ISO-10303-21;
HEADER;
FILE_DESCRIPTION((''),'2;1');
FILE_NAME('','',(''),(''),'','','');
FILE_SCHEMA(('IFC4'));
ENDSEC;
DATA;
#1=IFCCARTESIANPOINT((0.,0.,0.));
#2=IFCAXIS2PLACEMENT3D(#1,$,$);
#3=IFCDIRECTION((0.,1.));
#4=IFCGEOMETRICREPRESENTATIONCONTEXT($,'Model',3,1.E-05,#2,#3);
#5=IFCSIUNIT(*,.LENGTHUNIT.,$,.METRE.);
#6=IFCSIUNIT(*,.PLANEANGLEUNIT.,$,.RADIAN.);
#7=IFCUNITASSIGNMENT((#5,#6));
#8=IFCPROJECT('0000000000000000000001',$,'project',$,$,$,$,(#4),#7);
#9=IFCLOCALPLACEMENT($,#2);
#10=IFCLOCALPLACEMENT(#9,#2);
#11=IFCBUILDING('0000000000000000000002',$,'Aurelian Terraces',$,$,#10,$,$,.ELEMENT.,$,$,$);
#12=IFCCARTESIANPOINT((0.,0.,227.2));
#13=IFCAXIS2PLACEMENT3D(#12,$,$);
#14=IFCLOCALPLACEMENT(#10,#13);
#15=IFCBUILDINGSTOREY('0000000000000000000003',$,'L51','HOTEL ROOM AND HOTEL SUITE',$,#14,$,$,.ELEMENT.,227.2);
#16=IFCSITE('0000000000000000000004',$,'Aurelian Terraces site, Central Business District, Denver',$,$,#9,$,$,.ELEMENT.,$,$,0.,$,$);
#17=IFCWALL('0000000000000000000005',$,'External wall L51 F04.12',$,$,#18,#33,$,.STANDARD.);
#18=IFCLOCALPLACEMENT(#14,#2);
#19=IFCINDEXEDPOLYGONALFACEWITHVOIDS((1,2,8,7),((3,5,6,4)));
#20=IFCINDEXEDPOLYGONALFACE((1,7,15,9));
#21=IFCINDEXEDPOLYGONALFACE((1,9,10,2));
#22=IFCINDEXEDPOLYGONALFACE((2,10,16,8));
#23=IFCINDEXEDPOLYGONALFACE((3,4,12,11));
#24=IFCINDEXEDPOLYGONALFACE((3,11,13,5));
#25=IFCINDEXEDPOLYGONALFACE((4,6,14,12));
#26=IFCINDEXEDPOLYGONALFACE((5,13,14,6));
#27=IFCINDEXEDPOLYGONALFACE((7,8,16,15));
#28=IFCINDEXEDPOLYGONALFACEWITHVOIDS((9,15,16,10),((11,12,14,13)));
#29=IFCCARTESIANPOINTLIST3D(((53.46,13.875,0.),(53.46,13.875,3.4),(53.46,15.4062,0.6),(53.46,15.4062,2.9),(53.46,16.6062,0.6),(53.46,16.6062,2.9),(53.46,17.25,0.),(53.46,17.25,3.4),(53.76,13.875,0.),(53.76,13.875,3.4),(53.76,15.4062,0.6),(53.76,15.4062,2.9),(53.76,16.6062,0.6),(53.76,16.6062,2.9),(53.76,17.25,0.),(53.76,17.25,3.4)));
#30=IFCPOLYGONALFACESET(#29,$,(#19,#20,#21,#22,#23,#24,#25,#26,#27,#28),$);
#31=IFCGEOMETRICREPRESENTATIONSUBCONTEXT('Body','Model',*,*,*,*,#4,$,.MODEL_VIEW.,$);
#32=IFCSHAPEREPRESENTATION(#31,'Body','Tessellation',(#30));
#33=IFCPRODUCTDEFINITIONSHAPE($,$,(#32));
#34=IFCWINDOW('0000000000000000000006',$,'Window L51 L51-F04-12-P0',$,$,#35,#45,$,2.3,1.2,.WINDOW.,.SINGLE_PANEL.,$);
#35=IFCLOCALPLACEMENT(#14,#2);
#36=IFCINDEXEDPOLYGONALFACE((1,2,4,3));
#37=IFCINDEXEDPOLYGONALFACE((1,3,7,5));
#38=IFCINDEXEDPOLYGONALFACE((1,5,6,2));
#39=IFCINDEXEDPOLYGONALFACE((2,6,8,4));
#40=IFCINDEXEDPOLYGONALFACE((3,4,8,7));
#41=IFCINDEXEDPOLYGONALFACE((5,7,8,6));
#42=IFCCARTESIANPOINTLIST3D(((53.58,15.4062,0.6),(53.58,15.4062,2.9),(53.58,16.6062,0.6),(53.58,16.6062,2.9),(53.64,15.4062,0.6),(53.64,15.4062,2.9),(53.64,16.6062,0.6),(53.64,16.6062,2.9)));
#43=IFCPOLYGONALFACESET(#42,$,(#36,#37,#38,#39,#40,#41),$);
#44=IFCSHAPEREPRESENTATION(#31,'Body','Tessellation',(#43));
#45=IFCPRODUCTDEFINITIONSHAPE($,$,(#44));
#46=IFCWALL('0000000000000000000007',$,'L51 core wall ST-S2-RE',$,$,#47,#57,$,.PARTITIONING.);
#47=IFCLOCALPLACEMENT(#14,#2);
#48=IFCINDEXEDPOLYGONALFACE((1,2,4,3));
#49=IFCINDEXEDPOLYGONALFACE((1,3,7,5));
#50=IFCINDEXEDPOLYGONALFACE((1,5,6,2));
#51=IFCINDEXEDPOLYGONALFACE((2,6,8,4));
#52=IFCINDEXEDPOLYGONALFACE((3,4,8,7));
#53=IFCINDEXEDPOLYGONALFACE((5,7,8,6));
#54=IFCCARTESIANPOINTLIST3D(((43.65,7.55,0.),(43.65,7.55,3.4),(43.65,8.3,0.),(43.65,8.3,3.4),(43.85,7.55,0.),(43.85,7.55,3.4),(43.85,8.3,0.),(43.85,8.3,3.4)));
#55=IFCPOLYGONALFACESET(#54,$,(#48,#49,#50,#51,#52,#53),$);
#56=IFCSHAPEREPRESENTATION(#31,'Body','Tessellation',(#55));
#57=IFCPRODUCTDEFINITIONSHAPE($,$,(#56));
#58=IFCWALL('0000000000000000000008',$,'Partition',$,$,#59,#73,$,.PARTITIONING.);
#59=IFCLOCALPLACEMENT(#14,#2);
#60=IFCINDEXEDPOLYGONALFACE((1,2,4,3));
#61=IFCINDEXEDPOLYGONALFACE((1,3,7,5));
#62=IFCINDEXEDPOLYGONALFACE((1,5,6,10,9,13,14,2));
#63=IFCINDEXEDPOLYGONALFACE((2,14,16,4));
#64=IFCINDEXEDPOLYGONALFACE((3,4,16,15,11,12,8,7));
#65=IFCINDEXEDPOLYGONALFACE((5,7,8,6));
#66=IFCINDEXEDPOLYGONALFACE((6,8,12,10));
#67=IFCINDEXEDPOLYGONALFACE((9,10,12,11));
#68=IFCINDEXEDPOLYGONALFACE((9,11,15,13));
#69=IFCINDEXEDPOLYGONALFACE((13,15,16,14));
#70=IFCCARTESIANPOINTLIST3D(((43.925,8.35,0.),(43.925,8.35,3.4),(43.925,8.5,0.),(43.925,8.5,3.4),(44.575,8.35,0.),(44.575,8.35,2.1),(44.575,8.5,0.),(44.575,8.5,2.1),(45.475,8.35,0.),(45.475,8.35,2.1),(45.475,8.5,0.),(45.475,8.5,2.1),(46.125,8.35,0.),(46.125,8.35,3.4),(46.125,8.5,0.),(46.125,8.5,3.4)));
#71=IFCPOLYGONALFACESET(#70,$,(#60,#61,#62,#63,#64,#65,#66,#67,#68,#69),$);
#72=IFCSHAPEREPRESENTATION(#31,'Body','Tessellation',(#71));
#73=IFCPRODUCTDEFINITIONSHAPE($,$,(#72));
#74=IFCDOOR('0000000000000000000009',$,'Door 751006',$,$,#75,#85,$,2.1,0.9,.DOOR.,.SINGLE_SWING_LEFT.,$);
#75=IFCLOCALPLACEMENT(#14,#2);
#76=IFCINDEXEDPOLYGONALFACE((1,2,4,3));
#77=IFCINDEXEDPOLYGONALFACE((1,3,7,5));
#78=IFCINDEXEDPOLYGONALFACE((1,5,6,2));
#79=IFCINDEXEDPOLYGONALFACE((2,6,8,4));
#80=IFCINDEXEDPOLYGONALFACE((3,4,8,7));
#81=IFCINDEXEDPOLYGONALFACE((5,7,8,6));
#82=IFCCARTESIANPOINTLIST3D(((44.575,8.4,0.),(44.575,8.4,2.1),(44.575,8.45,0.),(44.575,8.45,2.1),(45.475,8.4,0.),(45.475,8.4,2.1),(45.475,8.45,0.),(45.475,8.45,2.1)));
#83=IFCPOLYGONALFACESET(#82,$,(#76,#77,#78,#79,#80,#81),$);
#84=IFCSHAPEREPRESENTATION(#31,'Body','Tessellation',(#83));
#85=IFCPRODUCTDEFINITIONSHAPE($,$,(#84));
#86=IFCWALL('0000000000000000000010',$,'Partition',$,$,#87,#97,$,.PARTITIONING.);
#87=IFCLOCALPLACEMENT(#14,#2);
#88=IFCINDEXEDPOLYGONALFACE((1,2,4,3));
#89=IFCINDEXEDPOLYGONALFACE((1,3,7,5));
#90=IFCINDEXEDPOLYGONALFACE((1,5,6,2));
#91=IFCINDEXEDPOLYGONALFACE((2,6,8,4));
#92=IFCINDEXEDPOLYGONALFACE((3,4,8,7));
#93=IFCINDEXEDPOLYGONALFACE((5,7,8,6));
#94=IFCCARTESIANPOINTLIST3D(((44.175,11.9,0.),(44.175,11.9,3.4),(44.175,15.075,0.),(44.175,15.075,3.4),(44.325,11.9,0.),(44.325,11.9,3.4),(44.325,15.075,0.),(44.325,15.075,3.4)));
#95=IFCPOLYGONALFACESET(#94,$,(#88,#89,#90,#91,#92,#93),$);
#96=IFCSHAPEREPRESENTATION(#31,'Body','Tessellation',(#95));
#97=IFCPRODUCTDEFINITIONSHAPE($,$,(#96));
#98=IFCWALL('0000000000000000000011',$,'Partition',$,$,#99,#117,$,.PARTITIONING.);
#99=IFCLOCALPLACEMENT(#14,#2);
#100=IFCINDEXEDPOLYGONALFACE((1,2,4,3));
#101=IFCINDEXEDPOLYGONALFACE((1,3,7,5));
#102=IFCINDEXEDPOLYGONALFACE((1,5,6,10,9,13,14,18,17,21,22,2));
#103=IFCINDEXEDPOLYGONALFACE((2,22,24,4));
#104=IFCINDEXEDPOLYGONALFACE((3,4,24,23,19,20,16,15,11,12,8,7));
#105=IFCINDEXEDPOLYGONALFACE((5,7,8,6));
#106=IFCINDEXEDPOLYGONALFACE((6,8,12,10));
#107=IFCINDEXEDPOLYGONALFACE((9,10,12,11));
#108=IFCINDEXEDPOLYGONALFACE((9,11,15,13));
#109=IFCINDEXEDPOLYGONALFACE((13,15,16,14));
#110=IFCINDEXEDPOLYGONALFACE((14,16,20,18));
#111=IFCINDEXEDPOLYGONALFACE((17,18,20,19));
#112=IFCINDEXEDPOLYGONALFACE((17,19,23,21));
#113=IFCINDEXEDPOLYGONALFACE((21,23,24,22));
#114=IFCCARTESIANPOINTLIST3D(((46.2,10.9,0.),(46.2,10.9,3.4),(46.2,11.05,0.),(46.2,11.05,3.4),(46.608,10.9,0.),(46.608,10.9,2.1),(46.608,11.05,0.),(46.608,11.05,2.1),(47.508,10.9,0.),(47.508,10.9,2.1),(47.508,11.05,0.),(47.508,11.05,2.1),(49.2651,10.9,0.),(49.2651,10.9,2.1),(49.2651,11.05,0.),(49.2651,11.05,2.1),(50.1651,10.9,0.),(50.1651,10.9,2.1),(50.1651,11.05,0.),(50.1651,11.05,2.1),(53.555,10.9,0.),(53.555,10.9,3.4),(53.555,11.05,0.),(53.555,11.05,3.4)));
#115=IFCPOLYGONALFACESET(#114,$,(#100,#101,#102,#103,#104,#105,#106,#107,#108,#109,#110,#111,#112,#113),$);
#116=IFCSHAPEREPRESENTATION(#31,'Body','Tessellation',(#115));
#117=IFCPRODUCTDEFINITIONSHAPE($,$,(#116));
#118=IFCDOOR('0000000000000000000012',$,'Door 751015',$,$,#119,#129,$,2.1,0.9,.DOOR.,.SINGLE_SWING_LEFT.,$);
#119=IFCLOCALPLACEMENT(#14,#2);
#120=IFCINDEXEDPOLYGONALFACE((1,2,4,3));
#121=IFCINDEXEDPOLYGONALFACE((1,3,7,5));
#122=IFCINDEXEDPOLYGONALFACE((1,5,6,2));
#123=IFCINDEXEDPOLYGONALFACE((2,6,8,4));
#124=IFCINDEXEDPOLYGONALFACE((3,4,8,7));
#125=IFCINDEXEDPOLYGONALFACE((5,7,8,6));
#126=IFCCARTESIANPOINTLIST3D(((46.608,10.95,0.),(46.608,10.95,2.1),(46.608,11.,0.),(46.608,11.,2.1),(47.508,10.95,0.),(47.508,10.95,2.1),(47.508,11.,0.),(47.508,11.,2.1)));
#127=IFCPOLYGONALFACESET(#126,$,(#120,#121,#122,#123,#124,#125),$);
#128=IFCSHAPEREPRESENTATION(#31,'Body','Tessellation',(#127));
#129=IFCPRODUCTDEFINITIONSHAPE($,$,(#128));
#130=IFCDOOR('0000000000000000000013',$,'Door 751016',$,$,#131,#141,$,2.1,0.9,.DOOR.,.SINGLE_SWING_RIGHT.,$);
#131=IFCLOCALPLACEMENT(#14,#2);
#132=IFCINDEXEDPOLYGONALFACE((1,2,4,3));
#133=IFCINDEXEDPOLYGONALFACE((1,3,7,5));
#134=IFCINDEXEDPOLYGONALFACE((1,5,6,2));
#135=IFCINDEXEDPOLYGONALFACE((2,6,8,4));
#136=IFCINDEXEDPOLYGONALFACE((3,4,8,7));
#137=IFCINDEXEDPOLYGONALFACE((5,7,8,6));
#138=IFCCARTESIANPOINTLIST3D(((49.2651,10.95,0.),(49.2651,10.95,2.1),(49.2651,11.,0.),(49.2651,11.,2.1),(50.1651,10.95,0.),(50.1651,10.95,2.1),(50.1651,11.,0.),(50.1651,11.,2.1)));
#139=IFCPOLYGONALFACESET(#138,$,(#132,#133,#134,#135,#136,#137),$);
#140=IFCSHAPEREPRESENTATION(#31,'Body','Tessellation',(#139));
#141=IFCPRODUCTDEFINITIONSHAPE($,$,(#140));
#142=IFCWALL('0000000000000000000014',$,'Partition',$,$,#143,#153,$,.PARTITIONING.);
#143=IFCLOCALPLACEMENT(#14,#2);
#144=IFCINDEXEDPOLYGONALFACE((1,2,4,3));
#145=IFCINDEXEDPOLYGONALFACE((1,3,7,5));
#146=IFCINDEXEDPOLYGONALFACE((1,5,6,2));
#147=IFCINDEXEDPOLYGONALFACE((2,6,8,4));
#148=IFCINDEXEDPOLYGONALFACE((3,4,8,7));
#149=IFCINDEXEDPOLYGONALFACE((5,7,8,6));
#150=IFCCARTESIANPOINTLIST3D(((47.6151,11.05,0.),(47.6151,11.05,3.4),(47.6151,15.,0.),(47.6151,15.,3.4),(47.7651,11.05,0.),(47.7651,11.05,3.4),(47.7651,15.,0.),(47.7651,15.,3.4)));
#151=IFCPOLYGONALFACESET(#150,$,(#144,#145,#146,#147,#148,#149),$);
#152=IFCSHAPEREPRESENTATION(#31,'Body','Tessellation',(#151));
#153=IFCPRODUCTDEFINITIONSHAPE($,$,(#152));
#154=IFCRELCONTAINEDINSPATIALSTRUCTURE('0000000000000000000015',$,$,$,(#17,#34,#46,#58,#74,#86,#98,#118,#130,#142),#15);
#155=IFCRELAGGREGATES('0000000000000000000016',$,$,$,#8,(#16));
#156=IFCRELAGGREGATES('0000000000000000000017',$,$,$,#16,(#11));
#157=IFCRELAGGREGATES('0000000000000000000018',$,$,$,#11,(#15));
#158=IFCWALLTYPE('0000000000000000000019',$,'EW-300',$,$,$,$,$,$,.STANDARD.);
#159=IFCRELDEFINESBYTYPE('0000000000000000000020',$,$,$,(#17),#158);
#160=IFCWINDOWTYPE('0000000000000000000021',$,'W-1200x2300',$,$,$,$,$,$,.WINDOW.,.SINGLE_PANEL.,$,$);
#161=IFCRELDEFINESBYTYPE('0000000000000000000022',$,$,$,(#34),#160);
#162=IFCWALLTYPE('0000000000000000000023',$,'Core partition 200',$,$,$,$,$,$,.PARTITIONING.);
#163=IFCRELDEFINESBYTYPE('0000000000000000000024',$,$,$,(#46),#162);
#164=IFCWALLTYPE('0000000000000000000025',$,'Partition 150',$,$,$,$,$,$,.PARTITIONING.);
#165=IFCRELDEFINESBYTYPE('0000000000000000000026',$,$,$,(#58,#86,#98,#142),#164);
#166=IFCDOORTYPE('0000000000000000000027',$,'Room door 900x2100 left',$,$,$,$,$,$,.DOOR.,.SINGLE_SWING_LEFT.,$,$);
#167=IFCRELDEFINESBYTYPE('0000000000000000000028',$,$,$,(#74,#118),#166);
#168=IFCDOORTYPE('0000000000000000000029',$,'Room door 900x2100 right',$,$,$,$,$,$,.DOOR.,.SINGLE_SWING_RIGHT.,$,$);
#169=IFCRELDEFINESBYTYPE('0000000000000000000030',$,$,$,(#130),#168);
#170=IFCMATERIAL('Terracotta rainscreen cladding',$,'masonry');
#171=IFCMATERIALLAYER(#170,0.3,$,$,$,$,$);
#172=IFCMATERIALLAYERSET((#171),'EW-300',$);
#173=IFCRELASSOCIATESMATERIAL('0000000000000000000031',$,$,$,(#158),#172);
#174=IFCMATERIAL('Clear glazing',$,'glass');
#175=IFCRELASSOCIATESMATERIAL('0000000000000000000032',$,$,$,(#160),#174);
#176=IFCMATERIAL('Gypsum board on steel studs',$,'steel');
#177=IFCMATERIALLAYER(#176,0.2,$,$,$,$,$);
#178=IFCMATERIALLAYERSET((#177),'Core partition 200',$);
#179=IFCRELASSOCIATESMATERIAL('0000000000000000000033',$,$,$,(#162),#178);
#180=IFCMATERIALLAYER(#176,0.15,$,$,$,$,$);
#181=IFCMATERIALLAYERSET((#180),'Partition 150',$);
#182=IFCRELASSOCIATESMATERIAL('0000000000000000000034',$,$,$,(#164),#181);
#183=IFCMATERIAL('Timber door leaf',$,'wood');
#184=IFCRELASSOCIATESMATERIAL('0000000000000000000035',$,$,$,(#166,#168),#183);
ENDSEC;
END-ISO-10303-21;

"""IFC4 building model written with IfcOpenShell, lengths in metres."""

from ifc_helpers import new_model, si_unit, direction, frame, frame_2d, origin, place, context, subcontext, project, spatial, rectangle, extrude, source, transform, mapped, material, layer, layer_set, type_object, element, fill, save


model = new_model("IFC4")

# Units and contexts
model_context = context("Model", 3, precision=1e-05, world=origin(), true_north=direction((0.0, 1.0)))
body_context = subcontext(model_context, "Body", "Model", "MODEL_VIEW")
ifc_project = project(units=[si_unit("LENGTHUNIT", "METRE"), si_unit("PLANEANGLEUNIT", "RADIAN")], contexts=[model_context])

# Site, building, storey
site_placement = place(None, origin())
site = spatial("IfcSite", under=ifc_project, at=site_placement, Name="Aurelian Terraces site, Central Business District, Denver", CompositionType="ELEMENT", RefElevation=0.0)
building_placement = place(site_placement, origin())
building = spatial("IfcBuilding", under=site, at=building_placement, Name="Aurelian Terraces", CompositionType="ELEMENT")
storey_placement = place(building_placement, frame((0.0, 0.0, 227.2)))
storey = spatial("IfcBuildingStorey", under=building, at=storey_placement, Name="L51", Description="HOTEL ROOM AND HOTEL SUITE", CompositionType="ELEMENT", Elevation=227.2)

# Shared definitions
ifc_material_1 = material(Name="Terracotta rainscreen cladding", Category="masonry")
ifc_layer_1 = layer(ifc_material_1, 0.3)
ifc_layer_set_1 = layer_set([ifc_layer_1], Name="EW-300")
wall_type_1 = type_object("IfcWallType", Name="EW-300", PredefinedType="STANDARD", material=ifc_layer_set_1)
ifc_material_2 = material(Name="Clear glazing", Category="glass")

# Wall, opening, window
shared_shape_1 = source(origin(), body_context, "Body", "SweptSolid", [
    extrude(rectangle(XDim=3.375, YDim=0.3, at=frame_2d((1.6875, 0.0))), origin(), (0.0, 0.0, 1.0), 3.4),
])
wall_1_placement = place(storey_placement, frame((53.61, 13.875, 0.0), z_axis=(0.0, 0.0, 1.0), x_axis=(0.0, 1.0, 0.0)))
wall_1 = element("IfcWall", 1, at=wall_1_placement, inside=storey, type_object=wall_type_1, Name="External wall L51 F04.12", PredefinedType="STANDARD", context=body_context, shape_type="MappedRepresentation", body=[
    mapped(shared_shape_1, transform((0.0, 0.0, 0.0), scale=1.0)),
])
shared_shape_2 = source(origin(), body_context, "Body", "SweptSolid", [
    extrude(rectangle(XDim=1.2, YDim=2.3, at=frame_2d((0.6, 1.15))), frame((0.0, 0.16, 0.0), z_axis=(0.0, -1.0, 0.0), x_axis=(1.0, 0.0, 0.0)), (0.0, 0.0, 1.0), 0.32),
])
opening_1_placement = place(wall_1_placement, frame((1.5312, 0.0, 0.6)))
opening_1 = element("IfcOpeningElement", 2, at=opening_1_placement, cuts=wall_1, PredefinedType="OPENING", context=body_context, shape_type="MappedRepresentation", body=[
    mapped(shared_shape_2, transform((0.0, 0.0, 0.0), scale=1.0)),
])
window_type_1 = type_object("IfcWindowType", Name="W-1200x2300", PartitioningType="SINGLE_PANEL", PredefinedType="WINDOW", material=ifc_material_2)
shared_shape_3 = source(origin(), body_context, "Body", "SweptSolid", [
    extrude(rectangle(XDim=1.2, YDim=2.3, at=frame_2d((0.6, 1.15))), frame((0.0, 0.03, 0.0), z_axis=(0.0, -1.0, 0.0), x_axis=(1.0, 0.0, 0.0)), (0.0, 0.0, 1.0), 0.06),
])
window_1_placement = place(opening_1_placement, origin())
window_1 = element("IfcWindow", 3, at=window_1_placement, inside=storey, type_object=window_type_1, Name="Window L51 L51-F04-12-P0", OverallHeight=2.3, OverallWidth=1.2, PartitioningType="SINGLE_PANEL", PredefinedType="WINDOW", context=body_context, shape_type="MappedRepresentation", body=[
    mapped(shared_shape_3, transform((0.0, 0.0, 0.0), scale=1.0)),
])
fill(opening_1, window_1)

# Wall
ifc_material_3 = material(Name="Gypsum board on steel studs", Category="steel")
ifc_layer_2 = layer(ifc_material_3, 0.2)
ifc_layer_set_2 = layer_set([ifc_layer_2], Name="Core partition 200")
wall_type_2 = type_object("IfcWallType", Name="Core partition 200", PredefinedType="PARTITIONING", material=ifc_layer_set_2)
shared_shape_4 = source(origin(), body_context, "Body", "SweptSolid", [
    extrude(rectangle(XDim=0.75, YDim=0.2, at=frame_2d((0.375, 0.0))), origin(), (0.0, 0.0, 1.0), 3.4),
])
wall_2_placement = place(storey_placement, frame((43.75, 7.55, 0.0), z_axis=(0.0, 0.0, 1.0), x_axis=(0.0, 1.0, 0.0)))
element("IfcWall", 4, at=wall_2_placement, inside=storey, type_object=wall_type_2, Name="L51 core wall ST-S2-RE", PredefinedType="PARTITIONING", context=body_context, shape_type="MappedRepresentation", body=[
    mapped(shared_shape_4, transform((0.0, 0.0, 0.0), scale=1.0)),
])

# Wall, opening, door
ifc_layer_3 = layer(ifc_material_3, 0.15)
ifc_layer_set_3 = layer_set([ifc_layer_3], Name="Partition 150")
wall_type_3 = type_object("IfcWallType", Name="Partition 150", PredefinedType="PARTITIONING", material=ifc_layer_set_3)
shared_shape_5 = source(origin(), body_context, "Body", "SweptSolid", [
    extrude(rectangle(XDim=2.2, YDim=0.15, at=frame_2d((1.1, 0.0))), origin(), (0.0, 0.0, 1.0), 3.4),
])
wall_3_placement = place(storey_placement, frame((46.125, 8.425, 0.0), z_axis=(0.0, 0.0, 1.0), x_axis=(-1.0, 0.0, 0.0)))
wall_3 = element("IfcWall", 5, at=wall_3_placement, inside=storey, type_object=wall_type_3, Name="Partition", PredefinedType="PARTITIONING", context=body_context, shape_type="MappedRepresentation", body=[
    mapped(shared_shape_5, transform((0.0, 0.0, 0.0), scale=1.0)),
])
shared_shape_6 = source(origin(), body_context, "Body", "SweptSolid", [
    extrude(rectangle(XDim=0.9, YDim=2.1, at=frame_2d((0.45, 1.05))), frame((0.0, 0.085, 0.0), z_axis=(0.0, -1.0, 0.0), x_axis=(1.0, 0.0, 0.0)), (0.0, 0.0, 1.0), 0.17),
])
opening_2_placement = place(wall_3_placement, frame((0.65, 0.0, 0.0)))
opening_2 = element("IfcOpeningElement", 6, at=opening_2_placement, cuts=wall_3, PredefinedType="OPENING", context=body_context, shape_type="MappedRepresentation", body=[
    mapped(shared_shape_6, transform((0.0, 0.0, 0.0), scale=1.0)),
])
ifc_material_4 = material(Name="Timber door leaf", Category="wood")
door_type_1 = type_object("IfcDoorType", Name="Room door 900x2100 left", OperationType="SINGLE_SWING_LEFT", PredefinedType="DOOR", material=ifc_material_4)
shared_shape_7 = source(origin(), body_context, "Body", "SweptSolid", [
    extrude(rectangle(XDim=0.9, YDim=2.1, at=frame_2d((0.45, 1.05))), frame((0.0, 0.025, 0.0), z_axis=(0.0, -1.0, 0.0), x_axis=(1.0, 0.0, 0.0)), (0.0, 0.0, 1.0), 0.05),
])
door_1_placement = place(opening_2_placement, origin())
door_1 = element("IfcDoor", 7, at=door_1_placement, inside=storey, type_object=door_type_1, Name="Door 751006", OperationType="SINGLE_SWING_LEFT", OverallHeight=2.1, OverallWidth=0.9, PredefinedType="DOOR", context=body_context, shape_type="MappedRepresentation", body=[
    mapped(shared_shape_7, transform((0.0, 0.0, 0.0), scale=1.0)),
])
fill(opening_2, door_1)

# Wall
shared_shape_8 = source(origin(), body_context, "Body", "SweptSolid", [
    extrude(rectangle(XDim=3.175, YDim=0.15, at=frame_2d((1.5875, 0.0))), origin(), (0.0, 0.0, 1.0), 3.4),
])
wall_4_placement = place(storey_placement, frame((44.25, 11.9, 0.0), z_axis=(0.0, 0.0, 1.0), x_axis=(0.0, 1.0, 0.0)))
element("IfcWall", 8, at=wall_4_placement, inside=storey, type_object=wall_type_3, Name="Partition", PredefinedType="PARTITIONING", context=body_context, shape_type="MappedRepresentation", body=[
    mapped(shared_shape_8, transform((0.0, 0.0, 0.0), scale=1.0)),
])

# Wall, openings, doors
shared_shape_9 = source(origin(), body_context, "Body", "SweptSolid", [
    extrude(rectangle(XDim=7.355, YDim=0.15, at=frame_2d((3.6775, 0.0))), origin(), (0.0, 0.0, 1.0), 3.4),
])
wall_5_placement = place(storey_placement, frame((53.555, 10.975, 0.0), z_axis=(0.0, 0.0, 1.0), x_axis=(-1.0, 0.0, 0.0)))
wall_5 = element("IfcWall", 9, at=wall_5_placement, inside=storey, type_object=wall_type_3, Name="Partition", PredefinedType="PARTITIONING", context=body_context, shape_type="MappedRepresentation", body=[
    mapped(shared_shape_9, transform((0.0, 0.0, 0.0), scale=1.0)),
])
opening_3_placement = place(wall_5_placement, frame((6.047, 0.0, 0.0)))
opening_3 = element("IfcOpeningElement", 10, at=opening_3_placement, cuts=wall_5, PredefinedType="OPENING", context=body_context, shape_type="MappedRepresentation", body=[
    mapped(shared_shape_6, transform((0.0, 0.0, 0.0), scale=1.0)),
])
opening_4_placement = place(wall_5_placement, frame((3.3899, 0.0, 0.0)))
opening_4 = element("IfcOpeningElement", 11, at=opening_4_placement, cuts=wall_5, PredefinedType="OPENING", context=body_context, shape_type="MappedRepresentation", body=[
    mapped(shared_shape_6, transform((0.0, 0.0, 0.0), scale=1.0)),
])
door_2_placement = place(opening_3_placement, origin())
door_2 = element("IfcDoor", 12, at=door_2_placement, inside=storey, type_object=door_type_1, Name="Door 751015", OperationType="SINGLE_SWING_LEFT", OverallHeight=2.1, OverallWidth=0.9, PredefinedType="DOOR", context=body_context, shape_type="MappedRepresentation", body=[
    mapped(shared_shape_7, transform((0.0, 0.0, 0.0), scale=1.0)),
])
fill(opening_3, door_2)
door_type_2 = type_object("IfcDoorType", Name="Room door 900x2100 right", OperationType="SINGLE_SWING_RIGHT", PredefinedType="DOOR", material=ifc_material_4)
door_3_placement = place(opening_4_placement, origin())
door_3 = element("IfcDoor", 13, at=door_3_placement, inside=storey, type_object=door_type_2, Name="Door 751016", OperationType="SINGLE_SWING_RIGHT", OverallHeight=2.1, OverallWidth=0.9, PredefinedType="DOOR", context=body_context, shape_type="MappedRepresentation", body=[
    mapped(shared_shape_7, transform((0.0, 0.0, 0.0), scale=1.0)),
])
fill(opening_4, door_3)

# Wall
shared_shape_10 = source(origin(), body_context, "Body", "SweptSolid", [
    extrude(rectangle(XDim=3.95, YDim=0.15, at=frame_2d((1.975, 0.0))), origin(), (0.0, 0.0, 1.0), 3.4),
])
wall_6_placement = place(storey_placement, frame((47.6901, 11.05, 0.0), z_axis=(0.0, 0.0, 1.0), x_axis=(0.0, 1.0, 0.0)))
element("IfcWall", 14, at=wall_6_placement, inside=storey, type_object=wall_type_3, Name="Partition", PredefinedType="PARTITIONING", context=body_context, shape_type="MappedRepresentation", body=[
    mapped(shared_shape_10, transform((0.0, 0.0, 0.0), scale=1.0)),
])

save(model, "model.ifc")
